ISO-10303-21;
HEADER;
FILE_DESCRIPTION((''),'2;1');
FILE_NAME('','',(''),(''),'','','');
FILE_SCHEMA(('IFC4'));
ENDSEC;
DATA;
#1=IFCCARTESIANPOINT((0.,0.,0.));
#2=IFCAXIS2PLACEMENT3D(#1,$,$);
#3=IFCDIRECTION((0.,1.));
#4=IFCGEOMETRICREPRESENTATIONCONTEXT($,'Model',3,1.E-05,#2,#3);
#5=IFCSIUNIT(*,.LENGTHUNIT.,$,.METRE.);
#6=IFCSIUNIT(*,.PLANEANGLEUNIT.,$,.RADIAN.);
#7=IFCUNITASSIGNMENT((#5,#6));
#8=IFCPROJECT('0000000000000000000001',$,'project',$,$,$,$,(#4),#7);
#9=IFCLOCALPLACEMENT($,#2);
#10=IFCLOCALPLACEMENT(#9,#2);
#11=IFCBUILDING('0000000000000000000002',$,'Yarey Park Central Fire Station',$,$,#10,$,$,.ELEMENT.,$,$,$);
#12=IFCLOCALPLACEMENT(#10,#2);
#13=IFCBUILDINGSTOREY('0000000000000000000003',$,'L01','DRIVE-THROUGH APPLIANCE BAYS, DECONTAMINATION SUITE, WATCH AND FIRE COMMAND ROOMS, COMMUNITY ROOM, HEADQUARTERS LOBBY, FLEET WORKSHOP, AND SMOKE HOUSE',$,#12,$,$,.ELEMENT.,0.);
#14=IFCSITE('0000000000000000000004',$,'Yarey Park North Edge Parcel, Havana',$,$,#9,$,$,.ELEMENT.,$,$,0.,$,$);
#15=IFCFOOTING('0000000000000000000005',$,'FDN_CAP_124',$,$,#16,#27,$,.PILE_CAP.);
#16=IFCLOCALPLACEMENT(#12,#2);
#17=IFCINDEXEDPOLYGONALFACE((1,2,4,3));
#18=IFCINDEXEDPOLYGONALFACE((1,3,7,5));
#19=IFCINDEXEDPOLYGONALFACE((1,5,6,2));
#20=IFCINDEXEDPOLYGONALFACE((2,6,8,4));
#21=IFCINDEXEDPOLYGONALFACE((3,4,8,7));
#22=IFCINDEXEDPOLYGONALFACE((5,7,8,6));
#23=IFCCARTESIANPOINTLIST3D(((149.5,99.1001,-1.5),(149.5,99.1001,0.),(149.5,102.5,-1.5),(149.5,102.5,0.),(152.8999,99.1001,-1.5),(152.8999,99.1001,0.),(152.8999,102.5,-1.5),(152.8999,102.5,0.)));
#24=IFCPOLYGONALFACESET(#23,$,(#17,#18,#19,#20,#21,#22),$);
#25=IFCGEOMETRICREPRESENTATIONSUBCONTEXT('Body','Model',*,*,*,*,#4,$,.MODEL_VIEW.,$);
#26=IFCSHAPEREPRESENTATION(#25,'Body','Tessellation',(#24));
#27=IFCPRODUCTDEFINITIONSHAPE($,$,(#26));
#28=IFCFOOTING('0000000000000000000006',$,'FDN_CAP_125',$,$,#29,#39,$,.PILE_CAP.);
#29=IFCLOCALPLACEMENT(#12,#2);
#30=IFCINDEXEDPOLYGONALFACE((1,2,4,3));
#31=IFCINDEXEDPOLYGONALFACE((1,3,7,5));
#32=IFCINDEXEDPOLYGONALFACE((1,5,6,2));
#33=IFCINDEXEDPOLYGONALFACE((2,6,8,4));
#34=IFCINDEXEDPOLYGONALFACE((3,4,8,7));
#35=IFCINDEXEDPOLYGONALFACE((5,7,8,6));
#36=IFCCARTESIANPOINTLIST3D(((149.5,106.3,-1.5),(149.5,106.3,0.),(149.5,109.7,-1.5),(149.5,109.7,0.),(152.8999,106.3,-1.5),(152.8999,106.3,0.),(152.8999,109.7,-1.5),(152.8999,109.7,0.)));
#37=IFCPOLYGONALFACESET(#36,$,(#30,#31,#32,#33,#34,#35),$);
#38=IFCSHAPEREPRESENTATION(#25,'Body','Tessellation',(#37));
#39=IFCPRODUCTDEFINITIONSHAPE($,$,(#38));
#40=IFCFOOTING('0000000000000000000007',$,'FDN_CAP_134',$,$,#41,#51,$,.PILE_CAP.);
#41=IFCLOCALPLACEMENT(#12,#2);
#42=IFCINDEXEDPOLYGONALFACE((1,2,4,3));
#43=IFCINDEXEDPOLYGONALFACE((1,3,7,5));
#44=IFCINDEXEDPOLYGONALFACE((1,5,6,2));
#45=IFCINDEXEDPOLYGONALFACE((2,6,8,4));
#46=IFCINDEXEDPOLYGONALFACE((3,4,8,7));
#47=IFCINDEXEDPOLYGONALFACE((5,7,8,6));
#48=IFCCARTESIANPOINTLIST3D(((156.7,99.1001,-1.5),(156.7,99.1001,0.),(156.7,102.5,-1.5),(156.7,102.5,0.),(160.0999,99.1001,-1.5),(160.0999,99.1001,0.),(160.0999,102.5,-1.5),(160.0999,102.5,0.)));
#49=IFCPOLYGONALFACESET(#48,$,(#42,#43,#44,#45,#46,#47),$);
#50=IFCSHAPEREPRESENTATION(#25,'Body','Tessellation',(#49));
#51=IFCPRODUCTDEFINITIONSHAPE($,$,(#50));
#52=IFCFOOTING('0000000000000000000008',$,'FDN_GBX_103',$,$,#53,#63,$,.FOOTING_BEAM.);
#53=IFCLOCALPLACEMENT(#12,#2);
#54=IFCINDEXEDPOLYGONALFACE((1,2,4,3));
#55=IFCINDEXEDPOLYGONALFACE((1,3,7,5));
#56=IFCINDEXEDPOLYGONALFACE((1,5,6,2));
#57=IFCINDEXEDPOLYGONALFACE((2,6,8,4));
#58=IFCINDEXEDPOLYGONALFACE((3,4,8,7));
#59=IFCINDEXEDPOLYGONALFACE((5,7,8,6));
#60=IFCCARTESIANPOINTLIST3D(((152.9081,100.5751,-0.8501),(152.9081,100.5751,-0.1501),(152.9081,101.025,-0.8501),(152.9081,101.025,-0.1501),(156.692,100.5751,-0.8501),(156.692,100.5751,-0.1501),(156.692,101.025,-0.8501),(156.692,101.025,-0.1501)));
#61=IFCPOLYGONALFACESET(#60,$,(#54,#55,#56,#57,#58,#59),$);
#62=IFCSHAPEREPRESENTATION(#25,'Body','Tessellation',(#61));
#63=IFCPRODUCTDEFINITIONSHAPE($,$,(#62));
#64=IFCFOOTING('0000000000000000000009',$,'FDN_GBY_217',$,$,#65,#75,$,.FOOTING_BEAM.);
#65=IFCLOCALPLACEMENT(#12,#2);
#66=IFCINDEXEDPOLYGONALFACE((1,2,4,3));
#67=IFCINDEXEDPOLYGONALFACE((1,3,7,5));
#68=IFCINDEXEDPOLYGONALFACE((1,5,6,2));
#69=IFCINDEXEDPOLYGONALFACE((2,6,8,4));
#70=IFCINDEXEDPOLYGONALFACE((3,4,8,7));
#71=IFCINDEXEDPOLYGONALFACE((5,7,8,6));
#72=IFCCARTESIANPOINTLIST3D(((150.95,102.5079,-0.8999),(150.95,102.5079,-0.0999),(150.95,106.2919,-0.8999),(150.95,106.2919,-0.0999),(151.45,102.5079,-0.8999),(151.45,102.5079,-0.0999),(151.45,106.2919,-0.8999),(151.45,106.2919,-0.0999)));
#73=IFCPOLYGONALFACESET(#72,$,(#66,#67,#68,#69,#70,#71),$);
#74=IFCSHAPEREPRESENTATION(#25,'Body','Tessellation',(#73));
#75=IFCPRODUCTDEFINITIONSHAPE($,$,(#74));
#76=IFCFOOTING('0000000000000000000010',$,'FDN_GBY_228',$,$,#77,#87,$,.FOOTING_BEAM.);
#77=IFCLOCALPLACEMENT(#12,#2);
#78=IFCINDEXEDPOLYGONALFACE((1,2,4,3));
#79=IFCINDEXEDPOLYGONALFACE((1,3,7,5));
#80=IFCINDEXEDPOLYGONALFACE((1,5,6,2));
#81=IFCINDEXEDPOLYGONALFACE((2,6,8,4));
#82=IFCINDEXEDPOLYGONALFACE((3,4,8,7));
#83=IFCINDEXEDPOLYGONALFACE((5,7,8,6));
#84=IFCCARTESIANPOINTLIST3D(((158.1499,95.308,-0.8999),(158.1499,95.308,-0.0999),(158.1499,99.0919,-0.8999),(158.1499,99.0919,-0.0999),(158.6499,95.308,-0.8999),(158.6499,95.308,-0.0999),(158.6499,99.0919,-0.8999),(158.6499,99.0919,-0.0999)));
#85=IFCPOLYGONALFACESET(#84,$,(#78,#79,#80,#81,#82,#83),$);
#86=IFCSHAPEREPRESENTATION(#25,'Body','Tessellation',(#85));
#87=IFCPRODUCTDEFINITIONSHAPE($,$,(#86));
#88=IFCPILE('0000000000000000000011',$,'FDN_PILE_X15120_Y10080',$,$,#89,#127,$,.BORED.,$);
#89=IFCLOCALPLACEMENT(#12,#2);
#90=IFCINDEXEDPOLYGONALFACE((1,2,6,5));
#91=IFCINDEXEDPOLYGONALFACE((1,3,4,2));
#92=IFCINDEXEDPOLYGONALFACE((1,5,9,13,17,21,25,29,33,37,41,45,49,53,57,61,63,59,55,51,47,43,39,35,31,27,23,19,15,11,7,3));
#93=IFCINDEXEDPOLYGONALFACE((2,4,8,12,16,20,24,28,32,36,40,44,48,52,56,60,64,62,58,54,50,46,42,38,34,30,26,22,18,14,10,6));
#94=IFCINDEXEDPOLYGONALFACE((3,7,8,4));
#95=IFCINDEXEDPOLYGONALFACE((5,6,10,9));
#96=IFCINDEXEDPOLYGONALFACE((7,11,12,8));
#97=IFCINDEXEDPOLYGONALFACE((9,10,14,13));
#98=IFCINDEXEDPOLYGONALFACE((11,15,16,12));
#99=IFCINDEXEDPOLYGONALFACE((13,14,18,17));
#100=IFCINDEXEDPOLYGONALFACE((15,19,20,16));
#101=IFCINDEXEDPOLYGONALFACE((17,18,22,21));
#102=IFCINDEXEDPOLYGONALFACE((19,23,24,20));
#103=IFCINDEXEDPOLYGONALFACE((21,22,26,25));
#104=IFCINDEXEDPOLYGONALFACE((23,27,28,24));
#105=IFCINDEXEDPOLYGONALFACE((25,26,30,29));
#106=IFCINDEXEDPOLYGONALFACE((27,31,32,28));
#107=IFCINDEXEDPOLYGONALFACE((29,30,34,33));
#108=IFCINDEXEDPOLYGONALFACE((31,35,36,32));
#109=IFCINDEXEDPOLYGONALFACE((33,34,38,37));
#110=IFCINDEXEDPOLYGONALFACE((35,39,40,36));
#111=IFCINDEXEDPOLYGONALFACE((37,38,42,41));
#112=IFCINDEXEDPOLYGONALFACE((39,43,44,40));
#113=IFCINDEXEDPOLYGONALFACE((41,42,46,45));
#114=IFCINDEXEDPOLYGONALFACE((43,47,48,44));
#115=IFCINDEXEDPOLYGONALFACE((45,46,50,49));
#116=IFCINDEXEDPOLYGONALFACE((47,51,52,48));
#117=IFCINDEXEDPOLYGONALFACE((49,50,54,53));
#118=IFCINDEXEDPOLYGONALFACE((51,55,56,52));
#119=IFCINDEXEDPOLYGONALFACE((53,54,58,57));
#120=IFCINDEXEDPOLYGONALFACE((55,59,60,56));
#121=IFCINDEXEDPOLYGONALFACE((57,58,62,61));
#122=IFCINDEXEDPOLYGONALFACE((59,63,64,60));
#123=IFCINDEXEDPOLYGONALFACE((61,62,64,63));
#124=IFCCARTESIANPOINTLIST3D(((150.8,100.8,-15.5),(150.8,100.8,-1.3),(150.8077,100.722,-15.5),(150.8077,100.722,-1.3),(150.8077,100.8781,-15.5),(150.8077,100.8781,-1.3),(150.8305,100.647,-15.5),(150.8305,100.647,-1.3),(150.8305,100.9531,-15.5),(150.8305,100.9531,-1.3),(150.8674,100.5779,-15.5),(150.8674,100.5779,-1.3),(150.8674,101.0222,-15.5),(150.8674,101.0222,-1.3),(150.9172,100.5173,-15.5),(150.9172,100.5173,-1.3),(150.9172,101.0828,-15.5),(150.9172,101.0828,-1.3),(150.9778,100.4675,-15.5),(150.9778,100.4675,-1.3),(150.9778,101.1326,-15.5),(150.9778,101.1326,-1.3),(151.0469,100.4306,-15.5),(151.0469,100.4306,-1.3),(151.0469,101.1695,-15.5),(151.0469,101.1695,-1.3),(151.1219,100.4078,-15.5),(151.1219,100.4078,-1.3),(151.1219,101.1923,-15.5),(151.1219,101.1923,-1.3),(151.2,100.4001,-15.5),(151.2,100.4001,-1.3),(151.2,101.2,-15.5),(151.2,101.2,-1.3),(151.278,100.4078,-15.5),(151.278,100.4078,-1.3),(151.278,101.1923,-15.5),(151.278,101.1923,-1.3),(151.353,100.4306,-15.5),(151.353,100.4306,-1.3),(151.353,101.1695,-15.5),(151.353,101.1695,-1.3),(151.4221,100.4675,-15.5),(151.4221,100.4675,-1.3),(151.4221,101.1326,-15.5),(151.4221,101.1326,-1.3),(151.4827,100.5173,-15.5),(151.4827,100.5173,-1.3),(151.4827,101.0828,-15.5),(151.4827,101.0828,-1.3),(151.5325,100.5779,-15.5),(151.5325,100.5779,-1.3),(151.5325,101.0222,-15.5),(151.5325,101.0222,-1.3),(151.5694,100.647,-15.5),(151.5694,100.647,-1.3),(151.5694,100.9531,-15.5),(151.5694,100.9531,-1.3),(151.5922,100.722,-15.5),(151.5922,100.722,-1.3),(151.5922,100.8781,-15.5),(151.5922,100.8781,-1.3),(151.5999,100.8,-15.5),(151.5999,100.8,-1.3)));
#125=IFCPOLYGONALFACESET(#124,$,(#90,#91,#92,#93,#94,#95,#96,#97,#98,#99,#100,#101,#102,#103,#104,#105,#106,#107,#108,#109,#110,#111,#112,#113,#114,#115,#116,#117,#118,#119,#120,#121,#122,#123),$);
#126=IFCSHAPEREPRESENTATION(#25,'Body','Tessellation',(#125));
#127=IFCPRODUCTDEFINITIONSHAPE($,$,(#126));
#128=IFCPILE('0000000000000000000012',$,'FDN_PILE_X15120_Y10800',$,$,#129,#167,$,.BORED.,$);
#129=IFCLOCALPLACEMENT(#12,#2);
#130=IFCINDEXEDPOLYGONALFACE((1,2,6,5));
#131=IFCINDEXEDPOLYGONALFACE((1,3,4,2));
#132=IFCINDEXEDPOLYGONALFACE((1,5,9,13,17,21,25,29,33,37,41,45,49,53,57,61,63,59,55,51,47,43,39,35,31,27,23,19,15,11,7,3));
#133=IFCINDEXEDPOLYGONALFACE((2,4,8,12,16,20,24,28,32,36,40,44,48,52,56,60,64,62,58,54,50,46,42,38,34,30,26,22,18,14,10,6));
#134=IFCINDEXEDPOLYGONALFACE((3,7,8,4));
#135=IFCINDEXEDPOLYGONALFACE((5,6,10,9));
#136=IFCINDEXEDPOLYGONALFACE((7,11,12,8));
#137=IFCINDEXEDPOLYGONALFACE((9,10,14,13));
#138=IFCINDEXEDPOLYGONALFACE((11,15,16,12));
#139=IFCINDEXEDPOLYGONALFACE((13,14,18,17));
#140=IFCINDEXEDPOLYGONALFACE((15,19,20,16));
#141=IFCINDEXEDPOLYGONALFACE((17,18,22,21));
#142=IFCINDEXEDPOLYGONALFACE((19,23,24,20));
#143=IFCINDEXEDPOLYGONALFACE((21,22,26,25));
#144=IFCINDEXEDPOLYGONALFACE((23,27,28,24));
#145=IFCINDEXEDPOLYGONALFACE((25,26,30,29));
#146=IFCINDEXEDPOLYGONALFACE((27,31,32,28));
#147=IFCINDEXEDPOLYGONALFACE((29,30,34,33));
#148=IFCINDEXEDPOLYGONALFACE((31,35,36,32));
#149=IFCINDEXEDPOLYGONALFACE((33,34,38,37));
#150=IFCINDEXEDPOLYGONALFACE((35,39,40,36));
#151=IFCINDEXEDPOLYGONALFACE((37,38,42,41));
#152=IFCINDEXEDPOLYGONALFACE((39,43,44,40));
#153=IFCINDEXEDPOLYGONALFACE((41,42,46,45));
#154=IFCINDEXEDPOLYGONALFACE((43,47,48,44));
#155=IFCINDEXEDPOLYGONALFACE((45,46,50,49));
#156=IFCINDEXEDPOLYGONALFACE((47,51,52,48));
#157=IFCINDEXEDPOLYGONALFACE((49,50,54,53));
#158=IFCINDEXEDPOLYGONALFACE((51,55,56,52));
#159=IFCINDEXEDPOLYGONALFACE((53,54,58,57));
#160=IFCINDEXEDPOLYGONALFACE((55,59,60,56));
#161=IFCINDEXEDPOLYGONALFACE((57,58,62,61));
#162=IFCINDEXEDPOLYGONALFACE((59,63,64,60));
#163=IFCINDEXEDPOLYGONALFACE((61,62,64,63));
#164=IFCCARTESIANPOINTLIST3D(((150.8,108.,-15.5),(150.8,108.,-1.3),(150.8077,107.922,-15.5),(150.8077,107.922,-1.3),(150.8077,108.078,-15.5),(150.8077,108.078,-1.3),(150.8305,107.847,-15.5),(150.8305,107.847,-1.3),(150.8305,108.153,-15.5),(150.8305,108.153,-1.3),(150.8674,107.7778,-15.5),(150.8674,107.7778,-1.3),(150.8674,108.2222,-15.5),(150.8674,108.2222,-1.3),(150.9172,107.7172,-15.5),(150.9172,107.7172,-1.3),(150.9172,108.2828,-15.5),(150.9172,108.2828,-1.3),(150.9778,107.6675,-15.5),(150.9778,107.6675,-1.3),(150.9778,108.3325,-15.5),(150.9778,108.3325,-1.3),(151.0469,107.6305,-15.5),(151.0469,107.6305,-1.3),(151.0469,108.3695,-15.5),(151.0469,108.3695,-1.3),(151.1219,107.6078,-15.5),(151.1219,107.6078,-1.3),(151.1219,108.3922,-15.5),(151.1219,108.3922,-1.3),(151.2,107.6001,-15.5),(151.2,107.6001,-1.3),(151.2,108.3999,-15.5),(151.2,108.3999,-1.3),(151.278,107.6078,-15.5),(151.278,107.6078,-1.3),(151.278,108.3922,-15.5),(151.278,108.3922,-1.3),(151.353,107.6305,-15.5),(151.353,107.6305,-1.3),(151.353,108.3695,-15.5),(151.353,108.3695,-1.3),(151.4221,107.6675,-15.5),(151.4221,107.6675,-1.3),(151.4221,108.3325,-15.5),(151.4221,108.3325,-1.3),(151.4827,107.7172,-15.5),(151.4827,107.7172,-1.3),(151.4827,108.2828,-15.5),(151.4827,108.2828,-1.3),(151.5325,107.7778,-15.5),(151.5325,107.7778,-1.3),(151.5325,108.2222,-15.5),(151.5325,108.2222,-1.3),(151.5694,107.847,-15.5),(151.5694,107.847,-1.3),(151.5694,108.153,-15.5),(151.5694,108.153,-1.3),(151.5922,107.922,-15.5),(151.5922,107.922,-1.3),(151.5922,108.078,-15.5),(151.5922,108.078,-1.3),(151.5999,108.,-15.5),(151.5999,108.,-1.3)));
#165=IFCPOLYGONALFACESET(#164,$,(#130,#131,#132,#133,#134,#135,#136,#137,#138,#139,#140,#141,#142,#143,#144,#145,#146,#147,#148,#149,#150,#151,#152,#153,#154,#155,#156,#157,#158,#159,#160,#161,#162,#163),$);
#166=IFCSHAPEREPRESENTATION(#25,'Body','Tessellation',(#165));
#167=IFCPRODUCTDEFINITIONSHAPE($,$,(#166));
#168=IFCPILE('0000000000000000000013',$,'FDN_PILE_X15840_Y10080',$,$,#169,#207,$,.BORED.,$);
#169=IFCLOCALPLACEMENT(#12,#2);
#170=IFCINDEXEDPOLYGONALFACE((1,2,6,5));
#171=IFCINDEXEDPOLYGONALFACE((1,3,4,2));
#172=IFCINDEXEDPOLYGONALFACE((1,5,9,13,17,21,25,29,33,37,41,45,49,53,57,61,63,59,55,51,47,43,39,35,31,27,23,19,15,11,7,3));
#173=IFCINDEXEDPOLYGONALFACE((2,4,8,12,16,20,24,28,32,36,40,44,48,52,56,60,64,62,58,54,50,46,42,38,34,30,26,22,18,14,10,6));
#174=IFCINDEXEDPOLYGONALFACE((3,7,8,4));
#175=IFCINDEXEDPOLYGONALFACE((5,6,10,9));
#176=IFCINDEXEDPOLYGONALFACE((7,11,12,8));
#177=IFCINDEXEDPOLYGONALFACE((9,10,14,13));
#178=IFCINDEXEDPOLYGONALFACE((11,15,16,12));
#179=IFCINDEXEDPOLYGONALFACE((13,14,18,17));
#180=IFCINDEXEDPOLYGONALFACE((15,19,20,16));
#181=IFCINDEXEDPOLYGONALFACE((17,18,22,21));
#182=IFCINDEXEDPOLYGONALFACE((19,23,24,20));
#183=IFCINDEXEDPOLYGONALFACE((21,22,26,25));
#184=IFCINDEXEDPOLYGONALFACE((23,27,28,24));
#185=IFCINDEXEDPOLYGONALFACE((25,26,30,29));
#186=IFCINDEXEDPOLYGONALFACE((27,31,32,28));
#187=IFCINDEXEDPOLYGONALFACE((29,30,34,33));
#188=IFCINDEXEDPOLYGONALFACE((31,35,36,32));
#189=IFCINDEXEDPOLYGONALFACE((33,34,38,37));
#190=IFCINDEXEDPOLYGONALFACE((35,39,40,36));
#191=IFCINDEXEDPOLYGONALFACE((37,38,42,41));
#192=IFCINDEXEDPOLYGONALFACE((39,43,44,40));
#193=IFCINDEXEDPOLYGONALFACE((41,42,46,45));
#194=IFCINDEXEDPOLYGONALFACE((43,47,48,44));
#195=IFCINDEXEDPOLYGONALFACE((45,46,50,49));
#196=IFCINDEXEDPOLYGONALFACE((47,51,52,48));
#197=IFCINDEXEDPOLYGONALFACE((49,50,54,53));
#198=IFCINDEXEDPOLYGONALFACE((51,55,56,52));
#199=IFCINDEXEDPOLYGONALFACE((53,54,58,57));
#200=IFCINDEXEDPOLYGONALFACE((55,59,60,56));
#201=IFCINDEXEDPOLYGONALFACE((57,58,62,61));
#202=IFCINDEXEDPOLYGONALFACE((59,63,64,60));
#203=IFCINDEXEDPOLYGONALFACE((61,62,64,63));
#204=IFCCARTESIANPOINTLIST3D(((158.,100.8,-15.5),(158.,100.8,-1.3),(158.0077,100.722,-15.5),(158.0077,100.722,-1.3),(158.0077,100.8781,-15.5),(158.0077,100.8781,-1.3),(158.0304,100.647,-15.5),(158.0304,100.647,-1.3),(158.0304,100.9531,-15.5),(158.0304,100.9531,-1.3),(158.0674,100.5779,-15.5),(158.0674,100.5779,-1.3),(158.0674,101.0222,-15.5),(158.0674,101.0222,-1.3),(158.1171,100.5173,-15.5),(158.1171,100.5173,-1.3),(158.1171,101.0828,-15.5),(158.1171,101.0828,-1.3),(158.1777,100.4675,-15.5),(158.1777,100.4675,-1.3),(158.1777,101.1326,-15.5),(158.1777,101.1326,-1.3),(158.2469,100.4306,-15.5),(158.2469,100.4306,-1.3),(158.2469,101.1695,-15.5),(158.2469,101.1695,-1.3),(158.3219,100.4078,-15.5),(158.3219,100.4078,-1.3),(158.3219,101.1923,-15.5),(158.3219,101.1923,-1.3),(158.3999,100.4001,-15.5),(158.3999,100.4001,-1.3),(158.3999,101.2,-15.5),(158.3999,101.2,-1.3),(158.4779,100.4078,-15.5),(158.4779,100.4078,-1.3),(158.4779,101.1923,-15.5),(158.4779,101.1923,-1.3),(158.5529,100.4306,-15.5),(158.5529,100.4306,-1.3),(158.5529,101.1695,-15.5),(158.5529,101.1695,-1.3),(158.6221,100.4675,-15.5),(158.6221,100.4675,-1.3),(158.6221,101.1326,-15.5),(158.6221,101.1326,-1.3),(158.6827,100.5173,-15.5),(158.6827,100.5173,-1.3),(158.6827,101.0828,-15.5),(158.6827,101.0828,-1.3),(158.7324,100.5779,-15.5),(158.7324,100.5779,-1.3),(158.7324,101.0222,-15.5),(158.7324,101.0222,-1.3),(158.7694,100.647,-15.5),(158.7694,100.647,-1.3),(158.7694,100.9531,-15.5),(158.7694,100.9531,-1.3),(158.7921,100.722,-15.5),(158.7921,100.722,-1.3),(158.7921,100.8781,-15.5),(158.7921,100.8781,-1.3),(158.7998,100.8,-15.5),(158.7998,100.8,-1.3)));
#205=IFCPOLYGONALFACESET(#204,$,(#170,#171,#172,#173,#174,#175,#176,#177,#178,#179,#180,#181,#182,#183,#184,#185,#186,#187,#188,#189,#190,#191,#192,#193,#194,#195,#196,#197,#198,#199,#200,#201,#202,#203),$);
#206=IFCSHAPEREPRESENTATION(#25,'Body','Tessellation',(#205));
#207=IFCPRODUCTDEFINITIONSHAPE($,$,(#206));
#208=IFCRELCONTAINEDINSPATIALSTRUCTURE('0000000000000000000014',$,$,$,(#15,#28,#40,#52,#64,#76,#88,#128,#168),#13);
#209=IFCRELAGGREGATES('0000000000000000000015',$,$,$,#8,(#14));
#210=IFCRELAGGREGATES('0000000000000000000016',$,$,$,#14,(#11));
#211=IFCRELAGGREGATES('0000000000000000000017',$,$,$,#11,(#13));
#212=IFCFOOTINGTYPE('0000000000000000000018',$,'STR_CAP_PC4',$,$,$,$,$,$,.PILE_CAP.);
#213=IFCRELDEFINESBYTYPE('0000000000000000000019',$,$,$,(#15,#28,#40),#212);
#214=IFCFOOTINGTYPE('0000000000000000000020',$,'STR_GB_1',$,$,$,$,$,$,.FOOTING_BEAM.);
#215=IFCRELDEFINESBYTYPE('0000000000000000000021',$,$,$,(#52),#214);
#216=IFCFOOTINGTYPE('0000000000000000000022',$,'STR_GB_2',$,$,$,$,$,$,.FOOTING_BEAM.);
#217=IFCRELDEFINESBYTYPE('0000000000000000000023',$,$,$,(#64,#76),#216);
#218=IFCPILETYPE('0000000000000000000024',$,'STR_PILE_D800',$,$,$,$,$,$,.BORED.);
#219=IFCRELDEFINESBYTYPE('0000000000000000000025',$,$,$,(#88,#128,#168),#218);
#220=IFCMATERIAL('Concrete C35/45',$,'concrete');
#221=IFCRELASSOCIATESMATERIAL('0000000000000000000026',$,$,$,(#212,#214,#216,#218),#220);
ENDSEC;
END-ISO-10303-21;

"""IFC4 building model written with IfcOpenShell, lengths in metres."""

from ifc_helpers import new_model, si_unit, direction, frame, origin, origin_2d, place, context, subcontext, project, spatial, rectangle, circle, extrude, material, material_profile, profile_set, type_object, element, save


model = new_model("IFC4")

# Units and contexts
model_context = context("Model", 3, precision=1e-05, world=origin(), true_north=direction((0.0, 1.0)))
body_context = subcontext(model_context, "Body", "Model", "MODEL_VIEW")
ifc_project = project(units=[si_unit("LENGTHUNIT", "METRE"), si_unit("PLANEANGLEUNIT", "RADIAN")], contexts=[model_context])

# Site, building, storey
site_placement = place(None, origin())
site = spatial("IfcSite", under=ifc_project, at=site_placement, Name="Yarey Park North Edge Parcel, Havana", CompositionType="ELEMENT", RefElevation=0.0)
building_placement = place(site_placement, origin())
building = spatial("IfcBuilding", under=site, at=building_placement, Name="Yarey Park Central Fire Station", CompositionType="ELEMENT")
storey_placement = place(building_placement, origin())
storey = spatial("IfcBuildingStorey", under=building, at=storey_placement, Name="L01", Description="DRIVE-THROUGH APPLIANCE BAYS, DECONTAMINATION SUITE, WATCH AND FIRE COMMAND ROOMS, COMMUNITY ROOM, HEADQUARTERS LOBBY, FLEET WORKSHOP, AND SMOKE HOUSE", CompositionType="ELEMENT", Elevation=0.0)

# Footings
ifc_material_1 = material(Name="Concrete C35/45", Category="concrete")
footing_type_1 = type_object("IfcFootingType", Name="STR_CAP_PC4", PredefinedType="PILE_CAP", material=ifc_material_1)
for number, where, z_axis, x_axis, name in (
    (1, (151.2, 100.8, -1.5), (0.0, 0.0, 1.0), (1.0, 0.0, 0.0), "FDN_CAP_124"),
    (2, (151.2, 108.0, -1.5), (0.0, 0.0, 1.0), (1.0, 0.0, 0.0), "FDN_CAP_125"),
    (3, (158.3999, 100.8, -1.5), (0.0, 0.0, 1.0), (1.0, 0.0, 0.0), "FDN_CAP_134"),
):
    element("IfcFooting", number, at=place(storey_placement, frame(where, z_axis=z_axis, x_axis=x_axis)), inside=storey, type_object=footing_type_1, Name=name, PredefinedType="PILE_CAP", context=body_context, shape_type="SweptSolid", body=[
        extrude(rectangle(XDim=3.3999, YDim=3.3999, at=origin_2d()), origin(), (0.0, 0.0, 1.0), 1.5),
    ])
footing_type_2 = type_object("IfcFootingType", Name="STR_GB_1", PredefinedType="FOOTING_BEAM", material=ifc_material_1)
footing_placement = place(storey_placement, frame((154.8, 100.8, -0.8501), z_axis=(0.0, 0.0, 1.0), x_axis=(1.0, 0.0, 0.0)))
element("IfcFooting", 4, at=footing_placement, inside=storey, type_object=footing_type_2, Name="FDN_GBX_103", PredefinedType="FOOTING_BEAM", context=body_context, shape_type="SweptSolid", body=[
    extrude(rectangle(XDim=3.7839, YDim=0.45, at=origin_2d()), origin(), (0.0, 0.0, 1.0), 0.7),
])
footing_type_3 = type_object("IfcFootingType", Name="STR_GB_2", PredefinedType="FOOTING_BEAM", material=ifc_material_1)
for number, where, z_axis, x_axis, name in (
    (5, (151.2, 104.3999, -0.8999), (0.0, 0.0, 1.0), (1.0, 0.0, 0.0), "FDN_GBY_217"),
    (6, (158.3999, 97.2, -0.8999), (0.0, 0.0, 1.0), (1.0, 0.0, 0.0), "FDN_GBY_228"),
):
    element("IfcFooting", number, at=place(storey_placement, frame(where, z_axis=z_axis, x_axis=x_axis)), inside=storey, type_object=footing_type_3, Name=name, PredefinedType="FOOTING_BEAM", context=body_context, shape_type="SweptSolid", body=[
        extrude(rectangle(XDim=0.5, YDim=3.7839, at=origin_2d()), origin(), (0.0, 0.0, 1.0), 0.8),
    ])

# Piles
ifc_material_profile_1 = material_profile(ifc_material_1, circle(Radius=0.3999, at=origin_2d()), Name="BORED PILE D800")
ifc_profile_set_1 = profile_set([ifc_material_profile_1], Name="Concrete C35/45")
pile_type = type_object("IfcPileType", Name="STR_PILE_D800", PredefinedType="BORED", material=ifc_profile_set_1)
for number, where, z_axis, x_axis, name in (
    (7, (151.2, 100.8, -1.3), (0.0, 0.0, -1.0), (1.0, 0.0, 0.0), "FDN_PILE_X15120_Y10080"),
    (8, (151.2, 108.0, -1.3), (0.0, 0.0, -1.0), (1.0, 0.0, 0.0), "FDN_PILE_X15120_Y10800"),
    (9, (158.3999, 100.8, -1.3), (0.0, 0.0, -1.0), (1.0, 0.0, 0.0), "FDN_PILE_X15840_Y10080"),
):
    element("IfcPile", number, at=place(storey_placement, frame(where, z_axis=z_axis, x_axis=x_axis)), inside=storey, type_object=pile_type, Name=name, PredefinedType="BORED", context=body_context, shape_type="SweptSolid", body=[
        extrude(circle(Radius=0.3999, at=origin_2d()), origin(), (0.0, 0.0, 1.0), 14.2),
    ])

save(model, "model.ifc")
